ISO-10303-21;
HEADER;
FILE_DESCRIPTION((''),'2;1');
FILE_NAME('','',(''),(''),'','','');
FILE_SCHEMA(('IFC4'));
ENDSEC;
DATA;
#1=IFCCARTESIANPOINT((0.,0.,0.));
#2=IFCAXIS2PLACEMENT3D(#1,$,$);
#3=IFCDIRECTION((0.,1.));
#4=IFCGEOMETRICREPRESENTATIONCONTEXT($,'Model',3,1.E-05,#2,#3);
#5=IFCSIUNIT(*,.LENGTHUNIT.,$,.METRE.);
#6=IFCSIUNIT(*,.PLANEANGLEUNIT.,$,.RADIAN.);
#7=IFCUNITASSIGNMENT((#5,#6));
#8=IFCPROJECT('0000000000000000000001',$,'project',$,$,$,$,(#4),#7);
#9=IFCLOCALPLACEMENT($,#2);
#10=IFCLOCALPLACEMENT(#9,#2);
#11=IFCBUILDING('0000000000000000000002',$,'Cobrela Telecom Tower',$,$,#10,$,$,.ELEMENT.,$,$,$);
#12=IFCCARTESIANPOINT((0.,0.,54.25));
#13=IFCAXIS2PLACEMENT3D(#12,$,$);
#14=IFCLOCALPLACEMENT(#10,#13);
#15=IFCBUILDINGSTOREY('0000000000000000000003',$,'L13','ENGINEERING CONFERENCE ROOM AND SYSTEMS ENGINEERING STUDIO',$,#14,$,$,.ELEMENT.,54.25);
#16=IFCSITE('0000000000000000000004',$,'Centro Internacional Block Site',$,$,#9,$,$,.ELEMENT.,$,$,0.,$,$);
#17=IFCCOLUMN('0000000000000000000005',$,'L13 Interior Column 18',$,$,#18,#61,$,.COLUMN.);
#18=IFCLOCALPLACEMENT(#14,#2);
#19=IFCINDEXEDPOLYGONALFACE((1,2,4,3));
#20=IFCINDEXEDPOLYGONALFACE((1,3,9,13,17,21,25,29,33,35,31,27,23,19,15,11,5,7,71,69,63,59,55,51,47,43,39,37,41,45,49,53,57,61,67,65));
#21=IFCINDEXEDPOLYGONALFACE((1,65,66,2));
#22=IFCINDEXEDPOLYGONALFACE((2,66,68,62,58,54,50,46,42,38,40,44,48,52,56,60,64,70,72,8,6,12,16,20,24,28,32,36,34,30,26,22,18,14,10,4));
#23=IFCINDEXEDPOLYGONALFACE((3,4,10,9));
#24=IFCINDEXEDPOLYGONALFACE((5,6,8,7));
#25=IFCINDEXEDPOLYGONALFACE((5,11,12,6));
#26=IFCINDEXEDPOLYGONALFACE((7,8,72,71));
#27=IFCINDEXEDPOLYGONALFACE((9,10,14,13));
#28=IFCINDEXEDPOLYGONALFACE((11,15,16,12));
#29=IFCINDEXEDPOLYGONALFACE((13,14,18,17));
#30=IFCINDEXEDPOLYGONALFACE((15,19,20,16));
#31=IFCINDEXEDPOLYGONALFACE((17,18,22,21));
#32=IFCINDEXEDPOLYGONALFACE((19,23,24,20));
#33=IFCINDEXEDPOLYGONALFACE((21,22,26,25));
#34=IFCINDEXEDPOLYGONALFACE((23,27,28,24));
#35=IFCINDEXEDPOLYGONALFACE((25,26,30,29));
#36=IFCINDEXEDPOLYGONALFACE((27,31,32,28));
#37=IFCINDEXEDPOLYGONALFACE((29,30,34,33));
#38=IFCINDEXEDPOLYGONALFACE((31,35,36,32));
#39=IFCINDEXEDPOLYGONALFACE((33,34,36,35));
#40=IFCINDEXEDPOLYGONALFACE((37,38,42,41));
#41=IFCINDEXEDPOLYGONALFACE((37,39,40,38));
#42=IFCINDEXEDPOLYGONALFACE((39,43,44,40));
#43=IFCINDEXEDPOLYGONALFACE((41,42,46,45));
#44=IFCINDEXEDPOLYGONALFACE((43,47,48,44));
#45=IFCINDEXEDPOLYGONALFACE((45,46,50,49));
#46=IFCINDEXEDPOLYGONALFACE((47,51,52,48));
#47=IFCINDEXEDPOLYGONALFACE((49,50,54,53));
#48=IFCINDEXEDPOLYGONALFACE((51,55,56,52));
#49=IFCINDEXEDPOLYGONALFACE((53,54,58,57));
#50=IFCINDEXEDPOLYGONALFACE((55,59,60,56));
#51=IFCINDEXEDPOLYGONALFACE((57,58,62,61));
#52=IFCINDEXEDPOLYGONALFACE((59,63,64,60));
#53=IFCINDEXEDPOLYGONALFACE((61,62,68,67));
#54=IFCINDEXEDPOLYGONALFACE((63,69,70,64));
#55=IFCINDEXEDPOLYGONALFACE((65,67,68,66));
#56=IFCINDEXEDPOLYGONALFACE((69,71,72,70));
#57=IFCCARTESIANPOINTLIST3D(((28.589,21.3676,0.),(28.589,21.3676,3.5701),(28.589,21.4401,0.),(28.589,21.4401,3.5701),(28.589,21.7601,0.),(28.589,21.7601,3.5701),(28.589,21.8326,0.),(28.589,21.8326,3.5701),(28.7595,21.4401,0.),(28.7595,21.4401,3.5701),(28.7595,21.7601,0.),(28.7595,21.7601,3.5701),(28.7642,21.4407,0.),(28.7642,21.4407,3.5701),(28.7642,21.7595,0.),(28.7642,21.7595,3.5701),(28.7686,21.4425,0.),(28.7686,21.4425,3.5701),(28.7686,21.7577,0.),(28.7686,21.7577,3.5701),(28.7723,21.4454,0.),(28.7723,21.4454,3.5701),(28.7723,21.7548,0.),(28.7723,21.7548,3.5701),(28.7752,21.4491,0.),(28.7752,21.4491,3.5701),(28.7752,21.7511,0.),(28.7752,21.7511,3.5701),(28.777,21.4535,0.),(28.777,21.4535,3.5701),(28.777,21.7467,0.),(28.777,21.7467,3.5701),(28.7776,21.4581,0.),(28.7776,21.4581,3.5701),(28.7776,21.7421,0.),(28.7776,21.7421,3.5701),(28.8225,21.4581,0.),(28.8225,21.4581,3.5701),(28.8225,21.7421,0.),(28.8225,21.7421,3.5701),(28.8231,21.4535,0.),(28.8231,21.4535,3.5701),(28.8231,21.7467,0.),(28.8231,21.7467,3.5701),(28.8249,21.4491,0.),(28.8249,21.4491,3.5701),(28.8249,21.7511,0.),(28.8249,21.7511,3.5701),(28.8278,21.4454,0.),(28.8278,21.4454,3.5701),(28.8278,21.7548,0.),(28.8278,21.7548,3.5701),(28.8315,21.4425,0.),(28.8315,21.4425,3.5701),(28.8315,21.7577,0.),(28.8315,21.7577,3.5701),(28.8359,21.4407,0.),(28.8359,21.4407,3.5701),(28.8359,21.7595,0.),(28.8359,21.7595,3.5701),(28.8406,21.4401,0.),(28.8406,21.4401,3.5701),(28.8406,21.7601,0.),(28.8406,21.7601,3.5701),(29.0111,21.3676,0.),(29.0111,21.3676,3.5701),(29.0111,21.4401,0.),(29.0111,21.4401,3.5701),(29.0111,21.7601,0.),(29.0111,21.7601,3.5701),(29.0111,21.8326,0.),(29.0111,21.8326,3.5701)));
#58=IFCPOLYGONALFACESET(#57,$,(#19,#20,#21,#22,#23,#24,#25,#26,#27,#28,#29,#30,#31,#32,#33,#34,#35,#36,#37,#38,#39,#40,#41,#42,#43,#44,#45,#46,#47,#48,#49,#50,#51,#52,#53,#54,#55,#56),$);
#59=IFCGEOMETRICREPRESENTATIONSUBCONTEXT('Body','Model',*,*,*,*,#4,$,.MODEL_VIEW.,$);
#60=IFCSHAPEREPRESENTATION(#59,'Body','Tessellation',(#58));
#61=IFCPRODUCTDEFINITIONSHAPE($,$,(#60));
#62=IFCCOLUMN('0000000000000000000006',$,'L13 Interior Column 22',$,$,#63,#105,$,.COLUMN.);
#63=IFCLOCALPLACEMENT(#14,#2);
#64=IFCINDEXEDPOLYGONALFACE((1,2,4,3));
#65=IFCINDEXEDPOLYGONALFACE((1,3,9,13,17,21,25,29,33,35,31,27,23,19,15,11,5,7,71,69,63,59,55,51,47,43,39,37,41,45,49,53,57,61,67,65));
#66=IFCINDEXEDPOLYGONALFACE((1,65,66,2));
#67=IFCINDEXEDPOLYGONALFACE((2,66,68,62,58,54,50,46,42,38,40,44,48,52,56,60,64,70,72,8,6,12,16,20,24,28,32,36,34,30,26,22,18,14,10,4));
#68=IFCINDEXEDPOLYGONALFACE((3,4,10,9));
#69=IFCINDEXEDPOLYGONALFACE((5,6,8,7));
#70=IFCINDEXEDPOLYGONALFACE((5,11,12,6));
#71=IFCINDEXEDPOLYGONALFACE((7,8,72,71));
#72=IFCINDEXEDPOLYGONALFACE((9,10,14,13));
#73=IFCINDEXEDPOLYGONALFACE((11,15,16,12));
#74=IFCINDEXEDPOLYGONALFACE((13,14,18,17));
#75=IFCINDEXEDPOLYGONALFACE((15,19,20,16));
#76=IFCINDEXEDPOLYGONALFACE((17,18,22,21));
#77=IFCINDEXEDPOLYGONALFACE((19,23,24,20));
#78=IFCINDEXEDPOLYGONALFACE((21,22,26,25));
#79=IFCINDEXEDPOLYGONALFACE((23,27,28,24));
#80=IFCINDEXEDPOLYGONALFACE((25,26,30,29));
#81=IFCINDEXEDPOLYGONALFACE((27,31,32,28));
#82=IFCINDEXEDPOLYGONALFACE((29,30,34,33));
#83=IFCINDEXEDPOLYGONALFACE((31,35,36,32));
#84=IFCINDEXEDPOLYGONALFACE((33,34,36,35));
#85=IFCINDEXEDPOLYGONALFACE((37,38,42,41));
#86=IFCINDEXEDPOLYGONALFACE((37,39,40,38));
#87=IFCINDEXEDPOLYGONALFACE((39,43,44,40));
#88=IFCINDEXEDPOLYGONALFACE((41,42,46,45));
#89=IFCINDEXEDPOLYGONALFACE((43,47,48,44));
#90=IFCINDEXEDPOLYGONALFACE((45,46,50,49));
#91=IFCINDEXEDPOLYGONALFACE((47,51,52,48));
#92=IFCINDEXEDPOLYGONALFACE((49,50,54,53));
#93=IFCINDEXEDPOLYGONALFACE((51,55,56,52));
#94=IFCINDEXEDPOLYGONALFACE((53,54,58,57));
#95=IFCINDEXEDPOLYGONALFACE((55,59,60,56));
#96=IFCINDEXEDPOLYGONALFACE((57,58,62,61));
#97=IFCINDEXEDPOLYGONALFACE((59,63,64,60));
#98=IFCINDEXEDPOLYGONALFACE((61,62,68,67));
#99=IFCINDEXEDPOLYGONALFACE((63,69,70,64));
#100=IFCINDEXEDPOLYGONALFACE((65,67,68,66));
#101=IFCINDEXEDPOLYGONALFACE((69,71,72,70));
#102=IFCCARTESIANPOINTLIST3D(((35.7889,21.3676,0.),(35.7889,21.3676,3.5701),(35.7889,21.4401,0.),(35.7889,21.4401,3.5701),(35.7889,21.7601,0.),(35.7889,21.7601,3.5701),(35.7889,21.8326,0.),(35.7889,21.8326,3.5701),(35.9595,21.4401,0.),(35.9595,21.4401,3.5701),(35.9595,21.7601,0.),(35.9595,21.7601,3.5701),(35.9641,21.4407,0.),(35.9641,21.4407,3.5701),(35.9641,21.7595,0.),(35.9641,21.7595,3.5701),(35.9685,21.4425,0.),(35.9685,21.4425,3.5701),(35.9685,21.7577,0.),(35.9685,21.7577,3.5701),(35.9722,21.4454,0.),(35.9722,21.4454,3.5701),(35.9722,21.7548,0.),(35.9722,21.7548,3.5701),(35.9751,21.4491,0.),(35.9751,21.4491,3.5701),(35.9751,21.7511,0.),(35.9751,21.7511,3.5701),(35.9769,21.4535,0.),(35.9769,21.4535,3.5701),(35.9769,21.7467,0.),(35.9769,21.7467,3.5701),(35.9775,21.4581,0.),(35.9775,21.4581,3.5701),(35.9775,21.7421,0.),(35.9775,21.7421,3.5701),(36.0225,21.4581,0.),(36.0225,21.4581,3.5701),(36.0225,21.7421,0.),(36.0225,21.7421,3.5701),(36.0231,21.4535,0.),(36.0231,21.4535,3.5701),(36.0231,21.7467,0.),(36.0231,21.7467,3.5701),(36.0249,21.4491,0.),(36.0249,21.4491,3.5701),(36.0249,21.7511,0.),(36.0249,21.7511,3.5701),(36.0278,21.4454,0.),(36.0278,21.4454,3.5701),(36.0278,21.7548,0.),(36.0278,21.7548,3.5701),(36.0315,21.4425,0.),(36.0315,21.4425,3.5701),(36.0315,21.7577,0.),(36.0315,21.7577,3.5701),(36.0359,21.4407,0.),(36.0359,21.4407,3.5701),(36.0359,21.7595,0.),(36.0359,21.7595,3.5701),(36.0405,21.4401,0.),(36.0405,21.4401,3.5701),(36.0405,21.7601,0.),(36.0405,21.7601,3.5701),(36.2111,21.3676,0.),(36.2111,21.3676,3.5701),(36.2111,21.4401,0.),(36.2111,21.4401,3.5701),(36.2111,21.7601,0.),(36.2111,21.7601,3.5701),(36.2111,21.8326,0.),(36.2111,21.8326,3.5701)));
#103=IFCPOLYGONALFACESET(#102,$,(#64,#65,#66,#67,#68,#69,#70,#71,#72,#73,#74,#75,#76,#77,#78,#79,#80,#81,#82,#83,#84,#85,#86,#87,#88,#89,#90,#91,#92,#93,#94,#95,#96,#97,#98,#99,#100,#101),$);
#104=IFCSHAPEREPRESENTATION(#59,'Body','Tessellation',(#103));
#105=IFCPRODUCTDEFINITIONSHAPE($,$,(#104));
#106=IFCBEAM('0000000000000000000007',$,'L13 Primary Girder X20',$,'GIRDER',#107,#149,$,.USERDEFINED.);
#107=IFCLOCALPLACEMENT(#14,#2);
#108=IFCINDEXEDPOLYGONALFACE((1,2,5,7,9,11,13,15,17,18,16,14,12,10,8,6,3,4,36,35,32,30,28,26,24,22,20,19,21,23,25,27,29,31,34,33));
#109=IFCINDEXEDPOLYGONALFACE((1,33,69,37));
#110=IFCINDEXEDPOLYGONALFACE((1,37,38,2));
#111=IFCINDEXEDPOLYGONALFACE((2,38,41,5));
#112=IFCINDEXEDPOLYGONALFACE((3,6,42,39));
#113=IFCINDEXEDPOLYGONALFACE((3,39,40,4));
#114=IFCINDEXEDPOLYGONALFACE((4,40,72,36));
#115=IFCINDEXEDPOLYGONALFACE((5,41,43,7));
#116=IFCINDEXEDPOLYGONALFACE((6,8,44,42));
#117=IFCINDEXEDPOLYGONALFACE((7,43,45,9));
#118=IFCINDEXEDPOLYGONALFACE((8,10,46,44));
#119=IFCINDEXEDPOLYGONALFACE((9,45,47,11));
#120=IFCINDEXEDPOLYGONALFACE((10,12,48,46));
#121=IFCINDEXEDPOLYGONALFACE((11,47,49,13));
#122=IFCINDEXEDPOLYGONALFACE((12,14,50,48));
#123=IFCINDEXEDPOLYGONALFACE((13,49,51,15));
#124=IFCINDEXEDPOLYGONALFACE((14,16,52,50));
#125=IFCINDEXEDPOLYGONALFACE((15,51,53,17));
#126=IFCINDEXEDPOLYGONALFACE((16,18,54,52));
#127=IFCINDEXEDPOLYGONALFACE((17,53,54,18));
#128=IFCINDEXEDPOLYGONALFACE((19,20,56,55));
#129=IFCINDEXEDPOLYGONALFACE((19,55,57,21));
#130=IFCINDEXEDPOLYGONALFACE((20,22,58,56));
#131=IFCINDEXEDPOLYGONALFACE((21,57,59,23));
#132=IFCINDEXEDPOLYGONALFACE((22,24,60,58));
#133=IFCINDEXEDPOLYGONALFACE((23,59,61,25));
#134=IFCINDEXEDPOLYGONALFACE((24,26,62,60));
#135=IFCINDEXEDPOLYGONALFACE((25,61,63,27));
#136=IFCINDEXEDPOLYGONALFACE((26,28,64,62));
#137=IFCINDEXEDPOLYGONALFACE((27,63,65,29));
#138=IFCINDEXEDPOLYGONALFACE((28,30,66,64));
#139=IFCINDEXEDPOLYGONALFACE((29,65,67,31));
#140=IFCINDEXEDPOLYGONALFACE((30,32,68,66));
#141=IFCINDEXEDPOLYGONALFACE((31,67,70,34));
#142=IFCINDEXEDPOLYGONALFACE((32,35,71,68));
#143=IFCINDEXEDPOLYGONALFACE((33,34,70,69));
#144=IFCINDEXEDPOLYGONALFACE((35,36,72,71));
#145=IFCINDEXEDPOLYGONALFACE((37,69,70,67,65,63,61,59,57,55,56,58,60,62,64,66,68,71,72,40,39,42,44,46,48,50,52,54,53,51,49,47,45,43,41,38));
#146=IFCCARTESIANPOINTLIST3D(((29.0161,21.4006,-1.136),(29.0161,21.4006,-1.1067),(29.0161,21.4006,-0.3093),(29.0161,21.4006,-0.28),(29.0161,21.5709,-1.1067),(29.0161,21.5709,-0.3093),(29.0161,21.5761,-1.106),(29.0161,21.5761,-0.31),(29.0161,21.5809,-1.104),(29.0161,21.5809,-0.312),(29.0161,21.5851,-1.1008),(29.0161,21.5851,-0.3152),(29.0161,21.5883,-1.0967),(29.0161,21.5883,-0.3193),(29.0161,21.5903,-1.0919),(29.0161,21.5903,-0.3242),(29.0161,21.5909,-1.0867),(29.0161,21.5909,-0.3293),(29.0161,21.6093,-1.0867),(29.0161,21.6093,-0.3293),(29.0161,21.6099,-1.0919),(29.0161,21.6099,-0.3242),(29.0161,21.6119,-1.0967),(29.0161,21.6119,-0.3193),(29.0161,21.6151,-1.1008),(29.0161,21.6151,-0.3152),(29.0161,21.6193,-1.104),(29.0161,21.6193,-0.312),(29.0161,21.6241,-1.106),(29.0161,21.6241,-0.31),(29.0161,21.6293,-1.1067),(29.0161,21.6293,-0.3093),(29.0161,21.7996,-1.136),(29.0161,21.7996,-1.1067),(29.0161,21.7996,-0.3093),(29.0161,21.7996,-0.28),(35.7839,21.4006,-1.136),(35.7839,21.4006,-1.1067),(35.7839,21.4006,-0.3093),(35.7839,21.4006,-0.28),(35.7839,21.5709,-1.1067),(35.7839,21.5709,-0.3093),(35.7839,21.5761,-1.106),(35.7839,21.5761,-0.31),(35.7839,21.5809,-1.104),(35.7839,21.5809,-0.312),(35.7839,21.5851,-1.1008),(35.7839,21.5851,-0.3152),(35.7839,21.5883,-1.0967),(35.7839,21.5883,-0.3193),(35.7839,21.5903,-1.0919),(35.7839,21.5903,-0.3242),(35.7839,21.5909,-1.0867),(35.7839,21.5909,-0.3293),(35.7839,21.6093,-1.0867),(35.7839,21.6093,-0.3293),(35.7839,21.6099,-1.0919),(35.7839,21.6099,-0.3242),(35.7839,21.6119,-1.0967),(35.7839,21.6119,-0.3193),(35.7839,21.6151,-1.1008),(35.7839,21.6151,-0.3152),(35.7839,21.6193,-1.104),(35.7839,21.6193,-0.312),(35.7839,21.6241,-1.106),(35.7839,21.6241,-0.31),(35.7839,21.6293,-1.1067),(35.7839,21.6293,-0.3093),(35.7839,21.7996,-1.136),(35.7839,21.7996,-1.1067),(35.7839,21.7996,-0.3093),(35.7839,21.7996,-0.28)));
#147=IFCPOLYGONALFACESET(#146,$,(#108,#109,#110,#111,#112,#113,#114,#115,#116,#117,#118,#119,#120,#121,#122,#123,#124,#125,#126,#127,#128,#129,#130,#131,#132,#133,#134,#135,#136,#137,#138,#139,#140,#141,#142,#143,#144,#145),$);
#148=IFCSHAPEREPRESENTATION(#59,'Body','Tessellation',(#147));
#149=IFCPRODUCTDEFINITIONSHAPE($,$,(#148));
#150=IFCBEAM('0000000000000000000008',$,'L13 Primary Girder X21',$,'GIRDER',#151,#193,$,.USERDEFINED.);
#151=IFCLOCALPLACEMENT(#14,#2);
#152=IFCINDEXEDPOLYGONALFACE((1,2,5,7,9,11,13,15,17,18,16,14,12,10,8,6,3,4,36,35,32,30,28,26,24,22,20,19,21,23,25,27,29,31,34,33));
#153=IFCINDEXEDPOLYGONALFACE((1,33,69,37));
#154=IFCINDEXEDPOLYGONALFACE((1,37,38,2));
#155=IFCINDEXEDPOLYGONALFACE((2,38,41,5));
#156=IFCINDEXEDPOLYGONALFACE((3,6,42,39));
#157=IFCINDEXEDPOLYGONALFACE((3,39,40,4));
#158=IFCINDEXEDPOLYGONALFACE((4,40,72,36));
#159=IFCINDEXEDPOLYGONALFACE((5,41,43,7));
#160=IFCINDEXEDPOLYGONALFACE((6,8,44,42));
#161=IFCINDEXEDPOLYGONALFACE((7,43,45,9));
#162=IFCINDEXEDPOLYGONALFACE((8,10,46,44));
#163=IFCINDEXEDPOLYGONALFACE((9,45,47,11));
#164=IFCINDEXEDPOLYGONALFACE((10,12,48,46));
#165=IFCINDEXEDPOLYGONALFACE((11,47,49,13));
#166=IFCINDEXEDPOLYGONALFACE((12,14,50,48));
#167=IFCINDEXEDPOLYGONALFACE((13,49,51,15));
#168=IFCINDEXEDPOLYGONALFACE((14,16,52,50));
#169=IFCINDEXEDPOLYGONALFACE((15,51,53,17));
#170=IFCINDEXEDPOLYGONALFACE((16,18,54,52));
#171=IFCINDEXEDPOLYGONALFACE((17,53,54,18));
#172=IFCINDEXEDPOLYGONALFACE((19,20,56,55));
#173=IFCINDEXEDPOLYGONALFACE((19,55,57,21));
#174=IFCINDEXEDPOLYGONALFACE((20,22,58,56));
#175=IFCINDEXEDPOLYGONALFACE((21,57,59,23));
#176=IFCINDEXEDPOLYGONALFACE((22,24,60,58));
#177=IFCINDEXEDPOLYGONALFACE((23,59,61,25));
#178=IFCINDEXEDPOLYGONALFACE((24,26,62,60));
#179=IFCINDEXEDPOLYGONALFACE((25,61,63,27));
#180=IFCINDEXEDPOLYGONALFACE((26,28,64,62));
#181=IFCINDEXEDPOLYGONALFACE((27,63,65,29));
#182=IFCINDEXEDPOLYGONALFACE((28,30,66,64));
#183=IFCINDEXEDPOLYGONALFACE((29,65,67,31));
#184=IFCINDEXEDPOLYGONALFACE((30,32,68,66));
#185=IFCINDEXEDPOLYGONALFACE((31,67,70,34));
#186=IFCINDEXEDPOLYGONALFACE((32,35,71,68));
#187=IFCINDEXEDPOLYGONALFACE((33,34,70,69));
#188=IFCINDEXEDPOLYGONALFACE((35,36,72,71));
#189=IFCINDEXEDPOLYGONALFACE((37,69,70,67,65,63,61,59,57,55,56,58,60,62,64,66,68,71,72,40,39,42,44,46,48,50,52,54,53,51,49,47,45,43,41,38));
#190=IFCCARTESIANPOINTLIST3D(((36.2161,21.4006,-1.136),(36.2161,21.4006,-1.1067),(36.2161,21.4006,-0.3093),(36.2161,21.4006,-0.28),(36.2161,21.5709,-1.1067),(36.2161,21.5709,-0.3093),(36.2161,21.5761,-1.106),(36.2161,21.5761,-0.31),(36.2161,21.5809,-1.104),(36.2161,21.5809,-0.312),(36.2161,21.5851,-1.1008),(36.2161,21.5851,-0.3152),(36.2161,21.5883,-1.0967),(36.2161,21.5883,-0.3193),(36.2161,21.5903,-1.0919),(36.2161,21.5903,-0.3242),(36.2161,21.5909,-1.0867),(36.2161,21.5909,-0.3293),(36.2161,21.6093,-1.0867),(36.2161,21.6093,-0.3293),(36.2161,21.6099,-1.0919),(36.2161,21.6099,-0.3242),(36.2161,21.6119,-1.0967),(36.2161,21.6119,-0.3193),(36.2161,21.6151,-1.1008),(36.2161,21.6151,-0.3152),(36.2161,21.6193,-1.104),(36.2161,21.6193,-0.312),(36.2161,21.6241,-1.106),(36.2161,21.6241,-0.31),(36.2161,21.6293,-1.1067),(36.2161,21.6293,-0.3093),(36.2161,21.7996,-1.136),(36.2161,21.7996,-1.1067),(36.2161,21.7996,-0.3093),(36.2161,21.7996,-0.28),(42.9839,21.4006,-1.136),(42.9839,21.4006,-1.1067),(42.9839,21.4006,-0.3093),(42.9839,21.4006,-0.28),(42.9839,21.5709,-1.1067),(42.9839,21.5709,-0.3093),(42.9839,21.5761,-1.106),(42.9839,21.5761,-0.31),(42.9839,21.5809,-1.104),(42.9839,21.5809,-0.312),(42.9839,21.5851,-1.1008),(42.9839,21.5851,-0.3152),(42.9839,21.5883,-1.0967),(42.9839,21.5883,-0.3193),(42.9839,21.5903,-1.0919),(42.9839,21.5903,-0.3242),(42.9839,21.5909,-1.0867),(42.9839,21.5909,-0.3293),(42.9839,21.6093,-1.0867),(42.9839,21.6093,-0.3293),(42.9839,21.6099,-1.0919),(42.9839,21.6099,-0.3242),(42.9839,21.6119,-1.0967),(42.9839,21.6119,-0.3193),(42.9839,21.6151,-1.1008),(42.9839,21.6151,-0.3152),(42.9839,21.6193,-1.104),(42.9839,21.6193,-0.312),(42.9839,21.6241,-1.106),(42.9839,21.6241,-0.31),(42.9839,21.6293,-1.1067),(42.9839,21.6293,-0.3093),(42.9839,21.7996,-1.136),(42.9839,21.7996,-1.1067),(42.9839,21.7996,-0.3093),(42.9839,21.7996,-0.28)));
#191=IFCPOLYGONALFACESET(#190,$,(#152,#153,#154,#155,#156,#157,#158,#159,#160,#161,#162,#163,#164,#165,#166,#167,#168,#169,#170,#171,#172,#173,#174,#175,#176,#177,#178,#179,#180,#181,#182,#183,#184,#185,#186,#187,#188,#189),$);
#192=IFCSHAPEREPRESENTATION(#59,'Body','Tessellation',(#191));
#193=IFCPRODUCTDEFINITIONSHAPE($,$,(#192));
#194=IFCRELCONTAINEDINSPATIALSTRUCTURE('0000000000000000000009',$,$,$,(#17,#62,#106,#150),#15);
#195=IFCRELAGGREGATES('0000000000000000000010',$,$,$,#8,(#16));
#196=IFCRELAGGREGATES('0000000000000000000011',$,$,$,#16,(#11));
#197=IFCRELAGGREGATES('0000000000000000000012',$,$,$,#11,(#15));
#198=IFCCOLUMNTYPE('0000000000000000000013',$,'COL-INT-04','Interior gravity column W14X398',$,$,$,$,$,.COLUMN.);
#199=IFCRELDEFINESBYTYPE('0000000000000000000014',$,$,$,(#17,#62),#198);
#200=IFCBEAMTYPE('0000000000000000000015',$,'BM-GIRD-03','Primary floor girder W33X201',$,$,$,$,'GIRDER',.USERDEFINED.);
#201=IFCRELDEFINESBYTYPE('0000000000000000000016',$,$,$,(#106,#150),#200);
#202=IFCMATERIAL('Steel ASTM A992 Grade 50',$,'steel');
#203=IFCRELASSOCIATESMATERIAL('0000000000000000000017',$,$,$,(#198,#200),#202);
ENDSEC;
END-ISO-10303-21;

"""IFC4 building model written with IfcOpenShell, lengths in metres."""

from ifc_helpers import new_model, si_unit, direction, frame, origin, origin_2d, place, context, subcontext, project, spatial, i_section, extrude, material, material_profile, profile_set, type_object, element, save


model = new_model("IFC4")

# Units and contexts
model_context = context("Model", 3, precision=1e-05, world=origin(), true_north=direction((0.0, 1.0)))
body_context = subcontext(model_context, "Body", "Model", "MODEL_VIEW")
ifc_project = project(units=[si_unit("LENGTHUNIT", "METRE"), si_unit("PLANEANGLEUNIT", "RADIAN")], contexts=[model_context])

# Site, building, storey
site_placement = place(None, origin())
site = spatial("IfcSite", under=ifc_project, at=site_placement, Name="Centro Internacional Block Site", CompositionType="ELEMENT", RefElevation=0.0)
building_placement = place(site_placement, origin())
building = spatial("IfcBuilding", under=site, at=building_placement, Name="Cobrela Telecom Tower", CompositionType="ELEMENT")
storey_placement = place(building_placement, frame((0.0, 0.0, 54.25)))
storey = spatial("IfcBuildingStorey", under=building, at=storey_placement, Name="L13", Description="ENGINEERING CONFERENCE ROOM AND SYSTEMS ENGINEERING STUDIO", CompositionType="ELEMENT", Elevation=54.25)

# Columns
ifc_material_1 = material(Name="Steel ASTM A992 Grade 50", Category="steel")
ifc_material_profile_1 = material_profile(ifc_material_1, i_section(OverallWidth=0.4221, OverallDepth=0.4651, WebThickness=0.0449, FlangeThickness=0.0725, FilletRadius=0.0181, at=origin_2d()), Name="W14X398")
ifc_profile_set_1 = profile_set([ifc_material_profile_1], Name="Steel ASTM A992 Grade 50")
column_type = type_object("IfcColumnType", Name="COL-INT-04", Description="Interior gravity column W14X398", PredefinedType="COLUMN", material=ifc_profile_set_1)
for number, where, z_axis, x_axis, name in (
    (1, (28.8, 21.6001, 0.0), (0.0, 0.0, 1.0), (1.0, 0.0, 0.0), "L13 Interior Column 18"),
    (2, (36.0, 21.6001, 0.0), (0.0, 0.0, 1.0), (1.0, 0.0, 0.0), "L13 Interior Column 22"),
):
    element("IfcColumn", number, at=place(storey_placement, frame(where, z_axis=z_axis, x_axis=x_axis)), inside=storey, type_object=column_type, Name=name, PredefinedType="COLUMN", context=body_context, shape_type="SweptSolid", body=[
        extrude(i_section(OverallWidth=0.4221, OverallDepth=0.4651, WebThickness=0.0449, FlangeThickness=0.0725, FilletRadius=0.0181, at=origin_2d()), origin(), (0.0, 0.0, 1.0), 3.5701),
    ])

# Beams
ifc_material_profile_2 = material_profile(ifc_material_1, i_section(OverallWidth=0.3989, OverallDepth=0.856, WebThickness=0.0183, FlangeThickness=0.0293, FilletRadius=0.02, at=origin_2d()), Name="W33X201")
ifc_profile_set_2 = profile_set([ifc_material_profile_2], Name="Steel ASTM A992 Grade 50")
beam_type_1 = type_object("IfcBeamType", Name="BM-GIRD-03", Description="Primary floor girder W33X201", ElementType="GIRDER", PredefinedType="USERDEFINED", material=ifc_profile_set_2)
for number, where, z_axis, x_axis, name in (
    (3, (29.0161, 21.6001, -0.708), (1.0, 0.0, 0.0), (0.0, 1.0, 0.0), "L13 Primary Girder X20"),
    (4, (36.2161, 21.6001, -0.708), (1.0, 0.0, 0.0), (0.0, 1.0, 0.0), "L13 Primary Girder X21"),
):
    element("IfcBeam", number, at=place(storey_placement, frame(where, z_axis=z_axis, x_axis=x_axis)), inside=storey, type_object=beam_type_1, Name=name, ObjectType="GIRDER", PredefinedType="USERDEFINED", context=body_context, shape_type="SweptSolid", body=[
        extrude(i_section(OverallWidth=0.3989, OverallDepth=0.856, WebThickness=0.0183, FlangeThickness=0.0293, FilletRadius=0.02, at=origin_2d()), origin(), (0.0, 0.0, 1.0), 6.7678),
    ])

save(model, "model.ifc")
